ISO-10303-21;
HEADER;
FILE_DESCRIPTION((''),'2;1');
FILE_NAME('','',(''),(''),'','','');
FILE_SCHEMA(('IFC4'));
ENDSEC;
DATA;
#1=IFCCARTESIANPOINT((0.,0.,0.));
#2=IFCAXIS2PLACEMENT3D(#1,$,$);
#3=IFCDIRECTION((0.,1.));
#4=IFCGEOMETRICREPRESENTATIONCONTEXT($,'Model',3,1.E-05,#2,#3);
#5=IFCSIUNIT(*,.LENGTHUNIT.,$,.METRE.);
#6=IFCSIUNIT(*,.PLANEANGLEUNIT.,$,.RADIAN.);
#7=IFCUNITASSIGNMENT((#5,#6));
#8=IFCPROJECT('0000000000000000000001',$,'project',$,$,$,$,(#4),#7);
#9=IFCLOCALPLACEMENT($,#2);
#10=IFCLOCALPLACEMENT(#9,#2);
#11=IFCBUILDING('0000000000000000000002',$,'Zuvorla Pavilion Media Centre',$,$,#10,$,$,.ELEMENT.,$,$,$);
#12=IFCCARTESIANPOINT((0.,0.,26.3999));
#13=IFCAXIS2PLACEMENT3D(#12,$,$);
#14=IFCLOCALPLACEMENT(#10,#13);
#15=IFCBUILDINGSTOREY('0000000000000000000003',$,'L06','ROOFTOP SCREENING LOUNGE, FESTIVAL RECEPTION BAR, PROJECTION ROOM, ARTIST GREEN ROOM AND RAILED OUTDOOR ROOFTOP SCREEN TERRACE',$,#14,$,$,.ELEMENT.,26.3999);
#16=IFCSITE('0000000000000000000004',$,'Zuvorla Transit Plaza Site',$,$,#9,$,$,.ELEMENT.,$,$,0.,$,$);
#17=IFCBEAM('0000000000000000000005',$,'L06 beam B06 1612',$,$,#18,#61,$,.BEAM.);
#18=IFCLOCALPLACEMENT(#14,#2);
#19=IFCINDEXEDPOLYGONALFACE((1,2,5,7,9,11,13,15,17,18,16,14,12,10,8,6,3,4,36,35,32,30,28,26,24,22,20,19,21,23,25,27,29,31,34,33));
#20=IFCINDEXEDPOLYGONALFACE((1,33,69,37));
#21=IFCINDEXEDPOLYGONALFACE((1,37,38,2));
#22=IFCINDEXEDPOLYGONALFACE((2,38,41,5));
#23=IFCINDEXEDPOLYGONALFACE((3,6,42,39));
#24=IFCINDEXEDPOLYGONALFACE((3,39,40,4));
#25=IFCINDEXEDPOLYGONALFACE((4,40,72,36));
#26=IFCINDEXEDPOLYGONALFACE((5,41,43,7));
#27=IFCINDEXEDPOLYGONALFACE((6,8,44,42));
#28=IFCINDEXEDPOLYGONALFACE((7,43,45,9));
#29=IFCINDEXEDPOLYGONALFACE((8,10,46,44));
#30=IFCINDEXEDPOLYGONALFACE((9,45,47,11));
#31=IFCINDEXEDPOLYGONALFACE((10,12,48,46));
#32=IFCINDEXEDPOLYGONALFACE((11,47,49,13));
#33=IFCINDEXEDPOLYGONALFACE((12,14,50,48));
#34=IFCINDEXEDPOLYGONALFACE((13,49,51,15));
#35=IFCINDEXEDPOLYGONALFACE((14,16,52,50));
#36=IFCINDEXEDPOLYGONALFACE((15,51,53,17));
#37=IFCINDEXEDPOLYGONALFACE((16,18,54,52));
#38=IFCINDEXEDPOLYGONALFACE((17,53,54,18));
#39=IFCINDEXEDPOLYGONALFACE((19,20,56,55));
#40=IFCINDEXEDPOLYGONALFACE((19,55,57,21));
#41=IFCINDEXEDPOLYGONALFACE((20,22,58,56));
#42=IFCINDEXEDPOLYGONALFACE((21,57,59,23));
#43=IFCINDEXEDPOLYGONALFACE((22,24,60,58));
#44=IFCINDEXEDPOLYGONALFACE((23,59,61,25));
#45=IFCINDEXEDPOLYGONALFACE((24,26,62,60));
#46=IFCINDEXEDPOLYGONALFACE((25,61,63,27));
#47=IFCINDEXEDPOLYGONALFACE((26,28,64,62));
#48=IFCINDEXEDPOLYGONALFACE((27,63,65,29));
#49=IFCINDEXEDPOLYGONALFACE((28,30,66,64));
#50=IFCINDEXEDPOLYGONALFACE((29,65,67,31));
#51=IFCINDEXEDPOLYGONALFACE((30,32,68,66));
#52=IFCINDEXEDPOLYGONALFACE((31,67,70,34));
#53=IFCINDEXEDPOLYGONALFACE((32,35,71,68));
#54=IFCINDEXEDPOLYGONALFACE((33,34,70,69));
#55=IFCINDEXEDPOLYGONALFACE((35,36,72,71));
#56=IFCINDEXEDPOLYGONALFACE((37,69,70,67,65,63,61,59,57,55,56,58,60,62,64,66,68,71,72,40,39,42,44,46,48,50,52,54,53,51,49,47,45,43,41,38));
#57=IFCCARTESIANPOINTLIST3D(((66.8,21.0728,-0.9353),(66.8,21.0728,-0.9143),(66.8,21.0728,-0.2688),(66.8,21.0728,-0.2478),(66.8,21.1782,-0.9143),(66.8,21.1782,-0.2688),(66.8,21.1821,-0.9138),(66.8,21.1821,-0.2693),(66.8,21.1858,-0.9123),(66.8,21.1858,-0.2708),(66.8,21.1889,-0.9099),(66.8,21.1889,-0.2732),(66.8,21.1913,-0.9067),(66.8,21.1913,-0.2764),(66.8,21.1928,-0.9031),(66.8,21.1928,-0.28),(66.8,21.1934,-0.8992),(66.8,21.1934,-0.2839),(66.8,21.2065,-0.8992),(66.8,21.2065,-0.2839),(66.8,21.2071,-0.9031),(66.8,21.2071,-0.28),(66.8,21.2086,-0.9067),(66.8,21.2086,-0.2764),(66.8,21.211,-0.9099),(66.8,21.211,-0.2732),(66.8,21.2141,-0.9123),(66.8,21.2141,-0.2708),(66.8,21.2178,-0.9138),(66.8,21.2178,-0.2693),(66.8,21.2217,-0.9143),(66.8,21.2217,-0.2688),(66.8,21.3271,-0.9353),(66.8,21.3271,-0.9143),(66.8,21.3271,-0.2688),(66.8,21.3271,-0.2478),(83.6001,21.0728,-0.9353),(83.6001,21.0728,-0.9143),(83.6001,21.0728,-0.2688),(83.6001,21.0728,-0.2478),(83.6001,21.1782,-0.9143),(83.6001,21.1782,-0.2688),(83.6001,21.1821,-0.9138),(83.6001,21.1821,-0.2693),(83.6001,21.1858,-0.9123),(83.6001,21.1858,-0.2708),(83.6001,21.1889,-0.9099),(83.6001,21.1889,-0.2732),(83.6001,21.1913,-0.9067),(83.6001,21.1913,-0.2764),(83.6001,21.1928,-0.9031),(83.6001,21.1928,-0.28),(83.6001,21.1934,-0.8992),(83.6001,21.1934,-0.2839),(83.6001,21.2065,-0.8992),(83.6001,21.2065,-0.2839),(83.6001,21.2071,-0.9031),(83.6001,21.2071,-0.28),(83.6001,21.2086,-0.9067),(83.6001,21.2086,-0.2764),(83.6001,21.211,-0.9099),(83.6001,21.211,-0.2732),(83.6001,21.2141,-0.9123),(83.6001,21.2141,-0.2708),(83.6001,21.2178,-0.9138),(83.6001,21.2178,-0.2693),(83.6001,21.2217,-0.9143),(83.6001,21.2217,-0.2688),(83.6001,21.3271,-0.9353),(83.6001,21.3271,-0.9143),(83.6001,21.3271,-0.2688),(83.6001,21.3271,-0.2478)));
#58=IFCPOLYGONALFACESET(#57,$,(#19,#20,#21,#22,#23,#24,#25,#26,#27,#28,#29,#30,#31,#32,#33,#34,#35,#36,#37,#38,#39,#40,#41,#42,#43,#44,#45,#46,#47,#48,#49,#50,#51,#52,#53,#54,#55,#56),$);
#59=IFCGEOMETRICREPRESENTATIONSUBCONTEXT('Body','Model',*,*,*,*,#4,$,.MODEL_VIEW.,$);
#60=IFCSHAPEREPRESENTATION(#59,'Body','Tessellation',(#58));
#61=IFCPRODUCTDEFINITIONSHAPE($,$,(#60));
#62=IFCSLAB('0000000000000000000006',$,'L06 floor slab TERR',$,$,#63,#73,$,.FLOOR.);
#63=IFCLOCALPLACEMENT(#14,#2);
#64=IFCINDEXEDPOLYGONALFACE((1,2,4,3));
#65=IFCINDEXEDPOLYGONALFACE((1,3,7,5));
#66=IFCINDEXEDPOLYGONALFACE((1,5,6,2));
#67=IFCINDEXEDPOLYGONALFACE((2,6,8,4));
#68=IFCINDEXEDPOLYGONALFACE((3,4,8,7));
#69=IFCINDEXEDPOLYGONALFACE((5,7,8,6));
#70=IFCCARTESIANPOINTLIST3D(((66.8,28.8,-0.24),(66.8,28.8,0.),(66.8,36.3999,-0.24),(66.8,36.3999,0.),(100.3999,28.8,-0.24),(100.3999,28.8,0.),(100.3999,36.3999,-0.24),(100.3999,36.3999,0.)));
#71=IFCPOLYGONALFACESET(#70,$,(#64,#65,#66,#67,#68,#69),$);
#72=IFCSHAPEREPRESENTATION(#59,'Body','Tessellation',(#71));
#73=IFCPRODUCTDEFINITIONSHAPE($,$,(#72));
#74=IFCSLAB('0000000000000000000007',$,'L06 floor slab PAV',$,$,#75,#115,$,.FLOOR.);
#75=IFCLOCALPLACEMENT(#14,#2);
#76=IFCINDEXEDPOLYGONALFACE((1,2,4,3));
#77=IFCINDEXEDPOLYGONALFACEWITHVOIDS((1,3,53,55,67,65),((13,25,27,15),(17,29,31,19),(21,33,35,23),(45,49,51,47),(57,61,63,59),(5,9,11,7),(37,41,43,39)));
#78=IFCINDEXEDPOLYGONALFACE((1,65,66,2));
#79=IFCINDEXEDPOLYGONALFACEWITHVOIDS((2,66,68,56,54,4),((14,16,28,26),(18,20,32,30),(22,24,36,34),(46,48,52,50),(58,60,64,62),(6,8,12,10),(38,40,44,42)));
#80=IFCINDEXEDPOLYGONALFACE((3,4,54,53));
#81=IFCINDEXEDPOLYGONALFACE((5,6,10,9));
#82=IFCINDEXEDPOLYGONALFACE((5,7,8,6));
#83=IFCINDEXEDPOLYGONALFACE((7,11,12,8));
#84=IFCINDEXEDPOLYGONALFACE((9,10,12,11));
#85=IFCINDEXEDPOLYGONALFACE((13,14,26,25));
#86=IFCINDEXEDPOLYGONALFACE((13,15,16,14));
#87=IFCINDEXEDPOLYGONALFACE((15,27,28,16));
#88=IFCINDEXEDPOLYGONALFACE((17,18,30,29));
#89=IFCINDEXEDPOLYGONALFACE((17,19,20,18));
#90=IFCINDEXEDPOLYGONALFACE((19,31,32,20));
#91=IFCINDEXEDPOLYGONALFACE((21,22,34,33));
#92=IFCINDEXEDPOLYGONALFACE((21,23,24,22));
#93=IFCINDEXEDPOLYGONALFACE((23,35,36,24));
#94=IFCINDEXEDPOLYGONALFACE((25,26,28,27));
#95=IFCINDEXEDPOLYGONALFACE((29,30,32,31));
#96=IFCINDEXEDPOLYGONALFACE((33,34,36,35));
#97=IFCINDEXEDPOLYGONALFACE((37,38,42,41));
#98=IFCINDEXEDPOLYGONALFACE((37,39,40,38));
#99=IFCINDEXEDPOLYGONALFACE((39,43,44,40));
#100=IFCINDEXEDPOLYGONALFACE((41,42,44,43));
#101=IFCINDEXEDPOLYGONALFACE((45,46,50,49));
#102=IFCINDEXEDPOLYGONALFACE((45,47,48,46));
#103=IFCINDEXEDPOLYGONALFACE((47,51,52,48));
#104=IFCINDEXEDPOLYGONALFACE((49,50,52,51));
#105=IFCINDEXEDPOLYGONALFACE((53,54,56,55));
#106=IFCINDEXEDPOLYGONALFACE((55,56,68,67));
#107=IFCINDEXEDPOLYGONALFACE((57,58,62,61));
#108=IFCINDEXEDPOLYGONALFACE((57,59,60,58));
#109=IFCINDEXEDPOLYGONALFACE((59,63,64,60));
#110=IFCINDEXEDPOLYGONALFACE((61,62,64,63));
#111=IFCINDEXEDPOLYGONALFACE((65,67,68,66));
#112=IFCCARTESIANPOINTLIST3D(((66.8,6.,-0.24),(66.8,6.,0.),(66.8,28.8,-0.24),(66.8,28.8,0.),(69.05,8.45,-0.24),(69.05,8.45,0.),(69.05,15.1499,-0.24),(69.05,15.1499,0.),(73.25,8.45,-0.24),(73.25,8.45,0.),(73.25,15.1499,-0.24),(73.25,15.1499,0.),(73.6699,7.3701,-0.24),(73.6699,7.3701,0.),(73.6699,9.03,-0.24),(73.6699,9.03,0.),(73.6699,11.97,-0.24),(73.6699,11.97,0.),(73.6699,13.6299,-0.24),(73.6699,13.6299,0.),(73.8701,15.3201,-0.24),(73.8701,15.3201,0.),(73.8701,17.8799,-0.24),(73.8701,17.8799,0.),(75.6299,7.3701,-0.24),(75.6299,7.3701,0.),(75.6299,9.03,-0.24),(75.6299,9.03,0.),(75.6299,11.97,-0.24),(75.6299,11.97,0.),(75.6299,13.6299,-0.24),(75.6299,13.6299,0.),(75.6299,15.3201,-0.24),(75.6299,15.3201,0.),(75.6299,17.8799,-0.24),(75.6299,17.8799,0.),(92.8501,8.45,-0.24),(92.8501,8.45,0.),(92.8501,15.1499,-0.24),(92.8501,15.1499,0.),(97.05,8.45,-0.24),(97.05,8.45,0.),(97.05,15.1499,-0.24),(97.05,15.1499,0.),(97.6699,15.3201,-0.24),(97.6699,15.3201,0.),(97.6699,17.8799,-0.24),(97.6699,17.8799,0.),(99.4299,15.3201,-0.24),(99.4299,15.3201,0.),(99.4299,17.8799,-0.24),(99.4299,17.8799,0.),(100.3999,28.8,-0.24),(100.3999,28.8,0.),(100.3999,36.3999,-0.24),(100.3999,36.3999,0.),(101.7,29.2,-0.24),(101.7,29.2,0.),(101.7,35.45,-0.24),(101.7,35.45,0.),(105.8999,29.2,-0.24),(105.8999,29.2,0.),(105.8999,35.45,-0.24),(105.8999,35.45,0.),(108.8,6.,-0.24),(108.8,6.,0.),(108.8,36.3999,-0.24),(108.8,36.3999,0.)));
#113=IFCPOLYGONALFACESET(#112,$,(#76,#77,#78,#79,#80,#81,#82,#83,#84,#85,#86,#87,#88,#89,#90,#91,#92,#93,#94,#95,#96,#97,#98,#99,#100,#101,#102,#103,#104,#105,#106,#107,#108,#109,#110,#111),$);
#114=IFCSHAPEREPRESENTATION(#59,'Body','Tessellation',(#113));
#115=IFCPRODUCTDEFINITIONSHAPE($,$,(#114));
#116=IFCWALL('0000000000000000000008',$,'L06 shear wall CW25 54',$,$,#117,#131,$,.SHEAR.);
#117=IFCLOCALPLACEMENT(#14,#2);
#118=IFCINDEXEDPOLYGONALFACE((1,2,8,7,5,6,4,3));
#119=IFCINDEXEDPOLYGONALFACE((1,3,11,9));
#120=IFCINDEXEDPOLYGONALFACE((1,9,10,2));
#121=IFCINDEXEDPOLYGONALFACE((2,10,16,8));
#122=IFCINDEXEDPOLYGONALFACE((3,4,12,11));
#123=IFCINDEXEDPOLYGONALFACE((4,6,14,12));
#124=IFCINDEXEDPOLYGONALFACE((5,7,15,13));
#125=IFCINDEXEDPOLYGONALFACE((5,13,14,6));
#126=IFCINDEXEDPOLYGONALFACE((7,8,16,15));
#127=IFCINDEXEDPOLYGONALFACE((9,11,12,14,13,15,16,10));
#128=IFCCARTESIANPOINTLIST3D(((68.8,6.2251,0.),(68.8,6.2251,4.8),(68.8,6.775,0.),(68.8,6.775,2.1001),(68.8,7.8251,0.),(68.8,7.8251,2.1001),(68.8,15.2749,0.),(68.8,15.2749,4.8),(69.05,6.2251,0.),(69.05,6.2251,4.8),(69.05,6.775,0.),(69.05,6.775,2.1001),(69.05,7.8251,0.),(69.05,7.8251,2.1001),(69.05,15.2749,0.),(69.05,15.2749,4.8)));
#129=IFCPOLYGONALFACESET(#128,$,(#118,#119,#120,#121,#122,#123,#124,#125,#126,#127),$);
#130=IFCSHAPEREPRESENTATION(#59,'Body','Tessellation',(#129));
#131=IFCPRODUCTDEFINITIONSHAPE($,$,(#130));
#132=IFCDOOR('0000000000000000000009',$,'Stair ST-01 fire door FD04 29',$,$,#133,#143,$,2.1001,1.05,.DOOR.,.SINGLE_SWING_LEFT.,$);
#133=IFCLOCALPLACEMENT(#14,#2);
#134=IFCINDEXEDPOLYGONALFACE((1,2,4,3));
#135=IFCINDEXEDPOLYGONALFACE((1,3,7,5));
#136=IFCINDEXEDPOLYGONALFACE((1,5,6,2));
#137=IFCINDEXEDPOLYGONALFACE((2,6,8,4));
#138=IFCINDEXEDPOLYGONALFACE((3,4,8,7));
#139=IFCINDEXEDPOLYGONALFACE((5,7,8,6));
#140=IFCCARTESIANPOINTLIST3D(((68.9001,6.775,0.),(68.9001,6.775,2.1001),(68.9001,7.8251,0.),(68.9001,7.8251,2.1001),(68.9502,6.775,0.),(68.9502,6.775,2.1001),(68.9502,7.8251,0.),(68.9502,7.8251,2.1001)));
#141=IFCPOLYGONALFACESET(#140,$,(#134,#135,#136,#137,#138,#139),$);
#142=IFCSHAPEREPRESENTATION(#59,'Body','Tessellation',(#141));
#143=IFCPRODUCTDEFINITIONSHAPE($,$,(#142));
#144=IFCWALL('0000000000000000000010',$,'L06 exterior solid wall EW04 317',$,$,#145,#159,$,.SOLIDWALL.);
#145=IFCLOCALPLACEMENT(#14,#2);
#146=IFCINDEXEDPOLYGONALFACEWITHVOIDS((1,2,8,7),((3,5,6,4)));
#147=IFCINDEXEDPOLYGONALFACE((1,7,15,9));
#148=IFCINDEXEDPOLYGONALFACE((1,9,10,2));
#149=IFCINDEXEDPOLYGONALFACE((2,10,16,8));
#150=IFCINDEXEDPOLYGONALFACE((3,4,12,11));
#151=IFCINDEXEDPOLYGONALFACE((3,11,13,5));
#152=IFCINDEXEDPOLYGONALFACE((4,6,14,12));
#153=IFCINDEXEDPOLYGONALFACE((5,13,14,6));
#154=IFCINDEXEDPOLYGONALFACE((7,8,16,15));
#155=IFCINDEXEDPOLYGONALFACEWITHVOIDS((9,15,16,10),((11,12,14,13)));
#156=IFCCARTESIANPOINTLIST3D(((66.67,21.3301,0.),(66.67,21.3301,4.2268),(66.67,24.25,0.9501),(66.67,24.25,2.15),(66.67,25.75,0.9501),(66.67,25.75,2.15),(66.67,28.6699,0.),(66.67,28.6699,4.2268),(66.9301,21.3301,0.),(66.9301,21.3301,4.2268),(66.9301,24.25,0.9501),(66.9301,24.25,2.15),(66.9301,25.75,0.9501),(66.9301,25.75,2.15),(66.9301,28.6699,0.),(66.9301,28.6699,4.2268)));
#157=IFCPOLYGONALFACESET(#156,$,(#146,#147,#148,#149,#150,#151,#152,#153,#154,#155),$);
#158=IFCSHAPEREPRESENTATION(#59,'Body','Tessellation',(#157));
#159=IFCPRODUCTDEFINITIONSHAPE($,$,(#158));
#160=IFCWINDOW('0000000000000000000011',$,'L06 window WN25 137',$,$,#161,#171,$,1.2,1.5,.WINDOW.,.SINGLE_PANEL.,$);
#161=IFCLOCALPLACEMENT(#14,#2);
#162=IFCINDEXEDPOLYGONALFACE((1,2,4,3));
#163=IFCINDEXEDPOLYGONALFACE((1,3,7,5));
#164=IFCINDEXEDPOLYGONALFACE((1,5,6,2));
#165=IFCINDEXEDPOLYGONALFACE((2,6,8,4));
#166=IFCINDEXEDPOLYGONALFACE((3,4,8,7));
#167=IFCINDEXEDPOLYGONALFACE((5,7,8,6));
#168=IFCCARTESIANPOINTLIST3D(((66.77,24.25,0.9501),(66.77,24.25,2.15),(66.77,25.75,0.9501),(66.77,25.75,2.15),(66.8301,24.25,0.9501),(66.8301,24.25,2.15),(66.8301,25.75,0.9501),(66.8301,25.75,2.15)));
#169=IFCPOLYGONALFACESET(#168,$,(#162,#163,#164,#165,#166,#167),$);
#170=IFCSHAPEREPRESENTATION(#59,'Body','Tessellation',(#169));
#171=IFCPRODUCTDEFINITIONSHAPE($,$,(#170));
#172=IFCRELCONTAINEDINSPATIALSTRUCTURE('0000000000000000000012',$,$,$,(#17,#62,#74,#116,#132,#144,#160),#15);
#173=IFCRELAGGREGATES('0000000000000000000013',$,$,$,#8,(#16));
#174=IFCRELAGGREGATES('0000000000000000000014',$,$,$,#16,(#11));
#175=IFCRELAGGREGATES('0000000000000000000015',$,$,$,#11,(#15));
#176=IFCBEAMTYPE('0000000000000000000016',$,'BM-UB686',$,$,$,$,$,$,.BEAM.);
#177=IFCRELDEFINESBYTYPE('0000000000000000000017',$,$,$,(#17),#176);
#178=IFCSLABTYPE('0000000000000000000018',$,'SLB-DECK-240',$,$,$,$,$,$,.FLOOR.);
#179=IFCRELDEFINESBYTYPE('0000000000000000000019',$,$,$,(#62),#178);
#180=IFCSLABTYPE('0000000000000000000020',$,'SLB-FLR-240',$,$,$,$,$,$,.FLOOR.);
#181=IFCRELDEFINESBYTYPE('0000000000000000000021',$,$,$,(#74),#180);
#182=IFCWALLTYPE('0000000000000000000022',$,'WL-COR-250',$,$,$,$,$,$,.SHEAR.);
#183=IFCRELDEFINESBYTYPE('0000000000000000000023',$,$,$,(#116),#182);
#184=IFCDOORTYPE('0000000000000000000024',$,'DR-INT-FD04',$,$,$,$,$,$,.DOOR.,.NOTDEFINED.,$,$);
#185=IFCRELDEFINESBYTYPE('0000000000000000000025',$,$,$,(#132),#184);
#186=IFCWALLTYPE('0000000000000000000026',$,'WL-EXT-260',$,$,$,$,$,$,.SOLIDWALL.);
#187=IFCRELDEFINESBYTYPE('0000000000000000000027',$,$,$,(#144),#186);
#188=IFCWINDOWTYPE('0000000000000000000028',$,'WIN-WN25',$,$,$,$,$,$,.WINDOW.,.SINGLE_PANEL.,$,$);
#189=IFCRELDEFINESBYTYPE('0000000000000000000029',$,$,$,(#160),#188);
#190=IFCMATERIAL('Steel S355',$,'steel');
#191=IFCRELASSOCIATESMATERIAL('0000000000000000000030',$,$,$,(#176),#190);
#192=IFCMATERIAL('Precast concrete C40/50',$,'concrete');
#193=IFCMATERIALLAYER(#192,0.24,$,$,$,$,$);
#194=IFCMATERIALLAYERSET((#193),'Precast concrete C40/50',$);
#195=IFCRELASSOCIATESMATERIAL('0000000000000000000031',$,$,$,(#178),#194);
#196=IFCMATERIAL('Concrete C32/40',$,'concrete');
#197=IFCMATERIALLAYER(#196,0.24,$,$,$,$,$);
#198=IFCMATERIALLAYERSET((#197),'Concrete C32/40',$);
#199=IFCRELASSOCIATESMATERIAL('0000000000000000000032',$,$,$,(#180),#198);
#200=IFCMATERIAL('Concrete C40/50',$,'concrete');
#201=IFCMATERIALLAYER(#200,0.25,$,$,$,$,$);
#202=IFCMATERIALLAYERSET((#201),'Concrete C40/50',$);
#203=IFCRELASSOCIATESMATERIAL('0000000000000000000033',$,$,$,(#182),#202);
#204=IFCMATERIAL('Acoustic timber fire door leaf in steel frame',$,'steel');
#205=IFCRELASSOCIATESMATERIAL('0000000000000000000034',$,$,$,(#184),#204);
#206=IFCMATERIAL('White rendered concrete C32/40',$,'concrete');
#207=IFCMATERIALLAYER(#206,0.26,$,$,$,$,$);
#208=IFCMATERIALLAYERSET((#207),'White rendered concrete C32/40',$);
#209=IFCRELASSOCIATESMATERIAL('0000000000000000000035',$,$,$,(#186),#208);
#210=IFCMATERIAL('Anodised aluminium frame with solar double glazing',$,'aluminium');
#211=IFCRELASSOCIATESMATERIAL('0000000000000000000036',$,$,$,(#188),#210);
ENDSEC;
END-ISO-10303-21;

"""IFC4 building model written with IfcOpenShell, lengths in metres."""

from ifc_helpers import new_model, si_unit, direction, frame, frame_2d, origin, origin_2d, place, context, subcontext, project, spatial, polyline, rectangle, i_section, outline, extrude, material, layer, layer_set, material_profile, profile_set, type_object, element, fill, save


model = new_model("IFC4")

# Units and contexts
model_context = context("Model", 3, precision=1e-05, world=origin(), true_north=direction((0.0, 1.0)))
body_context = subcontext(model_context, "Body", "Model", "MODEL_VIEW")
ifc_project = project(units=[si_unit("LENGTHUNIT", "METRE"), si_unit("PLANEANGLEUNIT", "RADIAN")], contexts=[model_context])

# Site, building, storey
site_placement = place(None, origin())
site = spatial("IfcSite", under=ifc_project, at=site_placement, Name="Zuvorla Transit Plaza Site", CompositionType="ELEMENT", RefElevation=0.0)
building_placement = place(site_placement, origin())
building = spatial("IfcBuilding", under=site, at=building_placement, Name="Zuvorla Pavilion Media Centre", CompositionType="ELEMENT")
storey_placement = place(building_placement, frame((0.0, 0.0, 26.3999)))
storey = spatial("IfcBuildingStorey", under=building, at=storey_placement, Name="L06", Description="ROOFTOP SCREENING LOUNGE, FESTIVAL RECEPTION BAR, PROJECTION ROOM, ARTIST GREEN ROOM AND RAILED OUTDOOR ROOFTOP SCREEN TERRACE", CompositionType="ELEMENT", Elevation=26.3999)

# Shared definitions
ifc_material_1 = material(Name="Steel S355", Category="steel")

# Beam
ifc_material_profile_1 = material_profile(ifc_material_1, i_section(OverallWidth=0.2544, OverallDepth=0.6875, WebThickness=0.0132, FlangeThickness=0.021, FilletRadius=0.0151, at=origin_2d()), Name="UB 686x254x152")
ifc_profile_set_1 = profile_set([ifc_material_profile_1], Name="Steel S355")
beam_type_1 = type_object("IfcBeamType", Name="BM-UB686", PredefinedType="BEAM", material=ifc_profile_set_1)
beam_1_placement = place(storey_placement, frame((66.8, 21.2, -0.5916), z_axis=(1.0, 0.0, 0.0), x_axis=(0.0, 1.0, 0.0)))
element("IfcBeam", 1, at=beam_1_placement, inside=storey, type_object=beam_type_1, Name="L06 beam B06 1612", PredefinedType="BEAM", context=body_context, shape_type="SweptSolid", body=[
    extrude(i_section(OverallWidth=0.2544, OverallDepth=0.6875, WebThickness=0.0132, FlangeThickness=0.021, FilletRadius=0.0151, at=origin_2d()), origin(), (0.0, 0.0, 1.0), 16.8),
])

# Slabs
ifc_material_2 = material(Name="Precast concrete C40/50", Category="concrete")
ifc_layer_1 = layer(ifc_material_2, 0.24)
ifc_layer_set_1 = layer_set([ifc_layer_1], Name="Precast concrete C40/50")
slab_type_1 = type_object("IfcSlabType", Name="SLB-DECK-240", PredefinedType="FLOOR", material=ifc_layer_set_1)
slab_1_placement = place(storey_placement, frame((0.0, 0.0, -0.24)))
element("IfcSlab", 2, at=slab_1_placement, inside=storey, type_object=slab_type_1, Name="L06 floor slab TERR", PredefinedType="FLOOR", context=body_context, shape_type="SweptSolid", body=[
    extrude(outline(polyline([(100.3999, 28.8), (100.3999, 36.3999), (66.8, 36.3999), (66.8, 28.8), (100.3999, 28.8)])), origin(), (0.0, 0.0, 1.0), 0.24),
])
ifc_material_3 = material(Name="Concrete C32/40", Category="concrete")
ifc_layer_2 = layer(ifc_material_3, 0.24)
ifc_layer_set_2 = layer_set([ifc_layer_2], Name="Concrete C32/40")
slab_type_2 = type_object("IfcSlabType", Name="SLB-FLR-240", PredefinedType="FLOOR", material=ifc_layer_set_2)
slab_2_placement = place(storey_placement, frame((0.0, 0.0, -0.24)))
element("IfcSlab", 3, at=slab_2_placement, inside=storey, type_object=slab_type_2, Name="L06 floor slab PAV", PredefinedType="FLOOR", context=body_context, shape_type="SweptSolid", body=[
    extrude(outline(polyline([(108.8, 6.0), (66.8, 6.0), (66.8, 28.8), (100.3999, 28.8), (100.3999, 36.3999), (108.8, 36.3999), (108.8, 6.0)]), holes=[polyline([(73.6699, 7.3701), (75.6299, 7.3701), (75.6299, 9.03), (73.6699, 9.03), (73.6699, 7.3701)]), polyline([(69.05, 15.1499), (69.05, 8.45), (73.25, 8.45), (73.25, 15.1499), (69.05, 15.1499)]), polyline([(92.8501, 15.1499), (92.8501, 8.45), (97.05, 8.45), (97.05, 15.1499), (92.8501, 15.1499)]), polyline([(73.6699, 13.6299), (73.6699, 11.97), (75.6299, 11.97), (75.6299, 13.6299), (73.6699, 13.6299)]), polyline([(73.8701, 17.8799), (73.8701, 15.3201), (75.6299, 15.3201), (75.6299, 17.8799), (73.8701, 17.8799)]), polyline([(97.6699, 17.8799), (97.6699, 15.3201), (99.4299, 15.3201), (99.4299, 17.8799), (97.6699, 17.8799)]), polyline([(101.7, 35.45), (101.7, 29.2), (105.8999, 29.2), (105.8999, 35.45), (101.7, 35.45)])]), origin(), (0.0, 0.0, 1.0), 0.24),
])

# Wall, opening, door
ifc_material_4 = material(Name="Concrete C40/50", Category="concrete")
ifc_layer_3 = layer(ifc_material_4, 0.25)
ifc_layer_set_3 = layer_set([ifc_layer_3], Name="Concrete C40/50")
wall_type_1 = type_object("IfcWallType", Name="WL-COR-250", PredefinedType="SHEAR", material=ifc_layer_set_3)
wall_1_placement = place(storey_placement, frame((68.925, 6.2251, 0.0), z_axis=(0.0, 0.0, 1.0), x_axis=(0.0, 1.0, 0.0)))
wall_1 = element("IfcWall", 4, at=wall_1_placement, inside=storey, type_object=wall_type_1, Name="L06 shear wall CW25 54", PredefinedType="SHEAR", context=body_context, shape_type="SweptSolid", body=[
    extrude(rectangle(XDim=9.0498, YDim=0.25, at=frame_2d((4.5249, 0.0))), origin(), (0.0, 0.0, 1.0), 4.8),
])
opening_1_placement = place(wall_1_placement, frame((0.55, 0.0, 0.0)))
opening_1 = element("IfcOpeningElement", 5, at=opening_1_placement, cuts=wall_1, PredefinedType="OPENING", context=body_context, shape_type="SweptSolid", body=[
    extrude(rectangle(XDim=1.05, YDim=2.1001, at=frame_2d((0.5249, 1.05))), frame((0.0, 0.135, 0.0), z_axis=(0.0, -1.0, 0.0), x_axis=(1.0, 0.0, 0.0)), (0.0, 0.0, 1.0), 0.27),
])
ifc_material_5 = material(Name="Acoustic timber fire door leaf in steel frame", Category="steel")
door_type_1 = type_object("IfcDoorType", Name="DR-INT-FD04", OperationType="NOTDEFINED", PredefinedType="DOOR", material=ifc_material_5)
door_1_placement = place(opening_1_placement, origin())
door_1 = element("IfcDoor", 6, at=door_1_placement, inside=storey, type_object=door_type_1, Name="Stair ST-01 fire door FD04 29", OperationType="SINGLE_SWING_LEFT", OverallHeight=2.1001, OverallWidth=1.05, PredefinedType="DOOR", context=body_context, shape_type="SweptSolid", body=[
    extrude(rectangle(XDim=1.05, YDim=2.1001, at=frame_2d((0.5249, 1.05))), frame((0.0, 0.0249, 0.0), z_axis=(0.0, -1.0, 0.0), x_axis=(1.0, 0.0, 0.0)), (0.0, 0.0, 1.0), 0.05),
])
fill(opening_1, door_1)

# Wall, opening, window
ifc_material_6 = material(Name="White rendered concrete C32/40", Category="concrete")
ifc_layer_4 = layer(ifc_material_6, 0.26)
ifc_layer_set_4 = layer_set([ifc_layer_4], Name="White rendered concrete C32/40")
wall_type_2 = type_object("IfcWallType", Name="WL-EXT-260", PredefinedType="SOLIDWALL", material=ifc_layer_set_4)
wall_2_placement = place(storey_placement, frame((66.8, 28.6699, 0.0), z_axis=(0.0, 0.0, 1.0), x_axis=(0.0, -1.0, 0.0)))
wall_2 = element("IfcWall", 7, at=wall_2_placement, inside=storey, type_object=wall_type_2, Name="L06 exterior solid wall EW04 317", PredefinedType="SOLIDWALL", context=body_context, shape_type="SweptSolid", body=[
    extrude(rectangle(XDim=7.3398, YDim=0.26, at=frame_2d((3.6699, 0.0))), origin(), (0.0, 0.0, 1.0), 4.2268),
])
opening_2_placement = place(wall_2_placement, frame((2.9199, 0.0, 0.95)))
opening_2 = element("IfcOpeningElement", 8, at=opening_2_placement, cuts=wall_2, PredefinedType="OPENING", context=body_context, shape_type="SweptSolid", body=[
    extrude(rectangle(XDim=1.5, YDim=1.2, at=frame_2d((0.75, 0.6001))), frame((0.0, 0.1399, 0.0), z_axis=(0.0, -1.0, 0.0), x_axis=(1.0, 0.0, 0.0)), (0.0, 0.0, 1.0), 0.28),
])
ifc_material_7 = material(Name="Anodised aluminium frame with solar double glazing", Category="aluminium")
window_type_1 = type_object("IfcWindowType", Name="WIN-WN25", PartitioningType="SINGLE_PANEL", PredefinedType="WINDOW", material=ifc_material_7)
window_1_placement = place(opening_2_placement, origin())
window_1 = element("IfcWindow", 9, at=window_1_placement, inside=storey, type_object=window_type_1, Name="L06 window WN25 137", OverallHeight=1.2, OverallWidth=1.5, PartitioningType="SINGLE_PANEL", PredefinedType="WINDOW", context=body_context, shape_type="SweptSolid", body=[
    extrude(rectangle(XDim=1.5, YDim=1.2, at=frame_2d((0.75, 0.6001))), frame((0.0, 0.03, 0.0), z_axis=(0.0, -1.0, 0.0), x_axis=(1.0, 0.0, 0.0)), (0.0, 0.0, 1.0), 0.0601),
])
fill(opening_2, window_1)

save(model, "model.ifc")
